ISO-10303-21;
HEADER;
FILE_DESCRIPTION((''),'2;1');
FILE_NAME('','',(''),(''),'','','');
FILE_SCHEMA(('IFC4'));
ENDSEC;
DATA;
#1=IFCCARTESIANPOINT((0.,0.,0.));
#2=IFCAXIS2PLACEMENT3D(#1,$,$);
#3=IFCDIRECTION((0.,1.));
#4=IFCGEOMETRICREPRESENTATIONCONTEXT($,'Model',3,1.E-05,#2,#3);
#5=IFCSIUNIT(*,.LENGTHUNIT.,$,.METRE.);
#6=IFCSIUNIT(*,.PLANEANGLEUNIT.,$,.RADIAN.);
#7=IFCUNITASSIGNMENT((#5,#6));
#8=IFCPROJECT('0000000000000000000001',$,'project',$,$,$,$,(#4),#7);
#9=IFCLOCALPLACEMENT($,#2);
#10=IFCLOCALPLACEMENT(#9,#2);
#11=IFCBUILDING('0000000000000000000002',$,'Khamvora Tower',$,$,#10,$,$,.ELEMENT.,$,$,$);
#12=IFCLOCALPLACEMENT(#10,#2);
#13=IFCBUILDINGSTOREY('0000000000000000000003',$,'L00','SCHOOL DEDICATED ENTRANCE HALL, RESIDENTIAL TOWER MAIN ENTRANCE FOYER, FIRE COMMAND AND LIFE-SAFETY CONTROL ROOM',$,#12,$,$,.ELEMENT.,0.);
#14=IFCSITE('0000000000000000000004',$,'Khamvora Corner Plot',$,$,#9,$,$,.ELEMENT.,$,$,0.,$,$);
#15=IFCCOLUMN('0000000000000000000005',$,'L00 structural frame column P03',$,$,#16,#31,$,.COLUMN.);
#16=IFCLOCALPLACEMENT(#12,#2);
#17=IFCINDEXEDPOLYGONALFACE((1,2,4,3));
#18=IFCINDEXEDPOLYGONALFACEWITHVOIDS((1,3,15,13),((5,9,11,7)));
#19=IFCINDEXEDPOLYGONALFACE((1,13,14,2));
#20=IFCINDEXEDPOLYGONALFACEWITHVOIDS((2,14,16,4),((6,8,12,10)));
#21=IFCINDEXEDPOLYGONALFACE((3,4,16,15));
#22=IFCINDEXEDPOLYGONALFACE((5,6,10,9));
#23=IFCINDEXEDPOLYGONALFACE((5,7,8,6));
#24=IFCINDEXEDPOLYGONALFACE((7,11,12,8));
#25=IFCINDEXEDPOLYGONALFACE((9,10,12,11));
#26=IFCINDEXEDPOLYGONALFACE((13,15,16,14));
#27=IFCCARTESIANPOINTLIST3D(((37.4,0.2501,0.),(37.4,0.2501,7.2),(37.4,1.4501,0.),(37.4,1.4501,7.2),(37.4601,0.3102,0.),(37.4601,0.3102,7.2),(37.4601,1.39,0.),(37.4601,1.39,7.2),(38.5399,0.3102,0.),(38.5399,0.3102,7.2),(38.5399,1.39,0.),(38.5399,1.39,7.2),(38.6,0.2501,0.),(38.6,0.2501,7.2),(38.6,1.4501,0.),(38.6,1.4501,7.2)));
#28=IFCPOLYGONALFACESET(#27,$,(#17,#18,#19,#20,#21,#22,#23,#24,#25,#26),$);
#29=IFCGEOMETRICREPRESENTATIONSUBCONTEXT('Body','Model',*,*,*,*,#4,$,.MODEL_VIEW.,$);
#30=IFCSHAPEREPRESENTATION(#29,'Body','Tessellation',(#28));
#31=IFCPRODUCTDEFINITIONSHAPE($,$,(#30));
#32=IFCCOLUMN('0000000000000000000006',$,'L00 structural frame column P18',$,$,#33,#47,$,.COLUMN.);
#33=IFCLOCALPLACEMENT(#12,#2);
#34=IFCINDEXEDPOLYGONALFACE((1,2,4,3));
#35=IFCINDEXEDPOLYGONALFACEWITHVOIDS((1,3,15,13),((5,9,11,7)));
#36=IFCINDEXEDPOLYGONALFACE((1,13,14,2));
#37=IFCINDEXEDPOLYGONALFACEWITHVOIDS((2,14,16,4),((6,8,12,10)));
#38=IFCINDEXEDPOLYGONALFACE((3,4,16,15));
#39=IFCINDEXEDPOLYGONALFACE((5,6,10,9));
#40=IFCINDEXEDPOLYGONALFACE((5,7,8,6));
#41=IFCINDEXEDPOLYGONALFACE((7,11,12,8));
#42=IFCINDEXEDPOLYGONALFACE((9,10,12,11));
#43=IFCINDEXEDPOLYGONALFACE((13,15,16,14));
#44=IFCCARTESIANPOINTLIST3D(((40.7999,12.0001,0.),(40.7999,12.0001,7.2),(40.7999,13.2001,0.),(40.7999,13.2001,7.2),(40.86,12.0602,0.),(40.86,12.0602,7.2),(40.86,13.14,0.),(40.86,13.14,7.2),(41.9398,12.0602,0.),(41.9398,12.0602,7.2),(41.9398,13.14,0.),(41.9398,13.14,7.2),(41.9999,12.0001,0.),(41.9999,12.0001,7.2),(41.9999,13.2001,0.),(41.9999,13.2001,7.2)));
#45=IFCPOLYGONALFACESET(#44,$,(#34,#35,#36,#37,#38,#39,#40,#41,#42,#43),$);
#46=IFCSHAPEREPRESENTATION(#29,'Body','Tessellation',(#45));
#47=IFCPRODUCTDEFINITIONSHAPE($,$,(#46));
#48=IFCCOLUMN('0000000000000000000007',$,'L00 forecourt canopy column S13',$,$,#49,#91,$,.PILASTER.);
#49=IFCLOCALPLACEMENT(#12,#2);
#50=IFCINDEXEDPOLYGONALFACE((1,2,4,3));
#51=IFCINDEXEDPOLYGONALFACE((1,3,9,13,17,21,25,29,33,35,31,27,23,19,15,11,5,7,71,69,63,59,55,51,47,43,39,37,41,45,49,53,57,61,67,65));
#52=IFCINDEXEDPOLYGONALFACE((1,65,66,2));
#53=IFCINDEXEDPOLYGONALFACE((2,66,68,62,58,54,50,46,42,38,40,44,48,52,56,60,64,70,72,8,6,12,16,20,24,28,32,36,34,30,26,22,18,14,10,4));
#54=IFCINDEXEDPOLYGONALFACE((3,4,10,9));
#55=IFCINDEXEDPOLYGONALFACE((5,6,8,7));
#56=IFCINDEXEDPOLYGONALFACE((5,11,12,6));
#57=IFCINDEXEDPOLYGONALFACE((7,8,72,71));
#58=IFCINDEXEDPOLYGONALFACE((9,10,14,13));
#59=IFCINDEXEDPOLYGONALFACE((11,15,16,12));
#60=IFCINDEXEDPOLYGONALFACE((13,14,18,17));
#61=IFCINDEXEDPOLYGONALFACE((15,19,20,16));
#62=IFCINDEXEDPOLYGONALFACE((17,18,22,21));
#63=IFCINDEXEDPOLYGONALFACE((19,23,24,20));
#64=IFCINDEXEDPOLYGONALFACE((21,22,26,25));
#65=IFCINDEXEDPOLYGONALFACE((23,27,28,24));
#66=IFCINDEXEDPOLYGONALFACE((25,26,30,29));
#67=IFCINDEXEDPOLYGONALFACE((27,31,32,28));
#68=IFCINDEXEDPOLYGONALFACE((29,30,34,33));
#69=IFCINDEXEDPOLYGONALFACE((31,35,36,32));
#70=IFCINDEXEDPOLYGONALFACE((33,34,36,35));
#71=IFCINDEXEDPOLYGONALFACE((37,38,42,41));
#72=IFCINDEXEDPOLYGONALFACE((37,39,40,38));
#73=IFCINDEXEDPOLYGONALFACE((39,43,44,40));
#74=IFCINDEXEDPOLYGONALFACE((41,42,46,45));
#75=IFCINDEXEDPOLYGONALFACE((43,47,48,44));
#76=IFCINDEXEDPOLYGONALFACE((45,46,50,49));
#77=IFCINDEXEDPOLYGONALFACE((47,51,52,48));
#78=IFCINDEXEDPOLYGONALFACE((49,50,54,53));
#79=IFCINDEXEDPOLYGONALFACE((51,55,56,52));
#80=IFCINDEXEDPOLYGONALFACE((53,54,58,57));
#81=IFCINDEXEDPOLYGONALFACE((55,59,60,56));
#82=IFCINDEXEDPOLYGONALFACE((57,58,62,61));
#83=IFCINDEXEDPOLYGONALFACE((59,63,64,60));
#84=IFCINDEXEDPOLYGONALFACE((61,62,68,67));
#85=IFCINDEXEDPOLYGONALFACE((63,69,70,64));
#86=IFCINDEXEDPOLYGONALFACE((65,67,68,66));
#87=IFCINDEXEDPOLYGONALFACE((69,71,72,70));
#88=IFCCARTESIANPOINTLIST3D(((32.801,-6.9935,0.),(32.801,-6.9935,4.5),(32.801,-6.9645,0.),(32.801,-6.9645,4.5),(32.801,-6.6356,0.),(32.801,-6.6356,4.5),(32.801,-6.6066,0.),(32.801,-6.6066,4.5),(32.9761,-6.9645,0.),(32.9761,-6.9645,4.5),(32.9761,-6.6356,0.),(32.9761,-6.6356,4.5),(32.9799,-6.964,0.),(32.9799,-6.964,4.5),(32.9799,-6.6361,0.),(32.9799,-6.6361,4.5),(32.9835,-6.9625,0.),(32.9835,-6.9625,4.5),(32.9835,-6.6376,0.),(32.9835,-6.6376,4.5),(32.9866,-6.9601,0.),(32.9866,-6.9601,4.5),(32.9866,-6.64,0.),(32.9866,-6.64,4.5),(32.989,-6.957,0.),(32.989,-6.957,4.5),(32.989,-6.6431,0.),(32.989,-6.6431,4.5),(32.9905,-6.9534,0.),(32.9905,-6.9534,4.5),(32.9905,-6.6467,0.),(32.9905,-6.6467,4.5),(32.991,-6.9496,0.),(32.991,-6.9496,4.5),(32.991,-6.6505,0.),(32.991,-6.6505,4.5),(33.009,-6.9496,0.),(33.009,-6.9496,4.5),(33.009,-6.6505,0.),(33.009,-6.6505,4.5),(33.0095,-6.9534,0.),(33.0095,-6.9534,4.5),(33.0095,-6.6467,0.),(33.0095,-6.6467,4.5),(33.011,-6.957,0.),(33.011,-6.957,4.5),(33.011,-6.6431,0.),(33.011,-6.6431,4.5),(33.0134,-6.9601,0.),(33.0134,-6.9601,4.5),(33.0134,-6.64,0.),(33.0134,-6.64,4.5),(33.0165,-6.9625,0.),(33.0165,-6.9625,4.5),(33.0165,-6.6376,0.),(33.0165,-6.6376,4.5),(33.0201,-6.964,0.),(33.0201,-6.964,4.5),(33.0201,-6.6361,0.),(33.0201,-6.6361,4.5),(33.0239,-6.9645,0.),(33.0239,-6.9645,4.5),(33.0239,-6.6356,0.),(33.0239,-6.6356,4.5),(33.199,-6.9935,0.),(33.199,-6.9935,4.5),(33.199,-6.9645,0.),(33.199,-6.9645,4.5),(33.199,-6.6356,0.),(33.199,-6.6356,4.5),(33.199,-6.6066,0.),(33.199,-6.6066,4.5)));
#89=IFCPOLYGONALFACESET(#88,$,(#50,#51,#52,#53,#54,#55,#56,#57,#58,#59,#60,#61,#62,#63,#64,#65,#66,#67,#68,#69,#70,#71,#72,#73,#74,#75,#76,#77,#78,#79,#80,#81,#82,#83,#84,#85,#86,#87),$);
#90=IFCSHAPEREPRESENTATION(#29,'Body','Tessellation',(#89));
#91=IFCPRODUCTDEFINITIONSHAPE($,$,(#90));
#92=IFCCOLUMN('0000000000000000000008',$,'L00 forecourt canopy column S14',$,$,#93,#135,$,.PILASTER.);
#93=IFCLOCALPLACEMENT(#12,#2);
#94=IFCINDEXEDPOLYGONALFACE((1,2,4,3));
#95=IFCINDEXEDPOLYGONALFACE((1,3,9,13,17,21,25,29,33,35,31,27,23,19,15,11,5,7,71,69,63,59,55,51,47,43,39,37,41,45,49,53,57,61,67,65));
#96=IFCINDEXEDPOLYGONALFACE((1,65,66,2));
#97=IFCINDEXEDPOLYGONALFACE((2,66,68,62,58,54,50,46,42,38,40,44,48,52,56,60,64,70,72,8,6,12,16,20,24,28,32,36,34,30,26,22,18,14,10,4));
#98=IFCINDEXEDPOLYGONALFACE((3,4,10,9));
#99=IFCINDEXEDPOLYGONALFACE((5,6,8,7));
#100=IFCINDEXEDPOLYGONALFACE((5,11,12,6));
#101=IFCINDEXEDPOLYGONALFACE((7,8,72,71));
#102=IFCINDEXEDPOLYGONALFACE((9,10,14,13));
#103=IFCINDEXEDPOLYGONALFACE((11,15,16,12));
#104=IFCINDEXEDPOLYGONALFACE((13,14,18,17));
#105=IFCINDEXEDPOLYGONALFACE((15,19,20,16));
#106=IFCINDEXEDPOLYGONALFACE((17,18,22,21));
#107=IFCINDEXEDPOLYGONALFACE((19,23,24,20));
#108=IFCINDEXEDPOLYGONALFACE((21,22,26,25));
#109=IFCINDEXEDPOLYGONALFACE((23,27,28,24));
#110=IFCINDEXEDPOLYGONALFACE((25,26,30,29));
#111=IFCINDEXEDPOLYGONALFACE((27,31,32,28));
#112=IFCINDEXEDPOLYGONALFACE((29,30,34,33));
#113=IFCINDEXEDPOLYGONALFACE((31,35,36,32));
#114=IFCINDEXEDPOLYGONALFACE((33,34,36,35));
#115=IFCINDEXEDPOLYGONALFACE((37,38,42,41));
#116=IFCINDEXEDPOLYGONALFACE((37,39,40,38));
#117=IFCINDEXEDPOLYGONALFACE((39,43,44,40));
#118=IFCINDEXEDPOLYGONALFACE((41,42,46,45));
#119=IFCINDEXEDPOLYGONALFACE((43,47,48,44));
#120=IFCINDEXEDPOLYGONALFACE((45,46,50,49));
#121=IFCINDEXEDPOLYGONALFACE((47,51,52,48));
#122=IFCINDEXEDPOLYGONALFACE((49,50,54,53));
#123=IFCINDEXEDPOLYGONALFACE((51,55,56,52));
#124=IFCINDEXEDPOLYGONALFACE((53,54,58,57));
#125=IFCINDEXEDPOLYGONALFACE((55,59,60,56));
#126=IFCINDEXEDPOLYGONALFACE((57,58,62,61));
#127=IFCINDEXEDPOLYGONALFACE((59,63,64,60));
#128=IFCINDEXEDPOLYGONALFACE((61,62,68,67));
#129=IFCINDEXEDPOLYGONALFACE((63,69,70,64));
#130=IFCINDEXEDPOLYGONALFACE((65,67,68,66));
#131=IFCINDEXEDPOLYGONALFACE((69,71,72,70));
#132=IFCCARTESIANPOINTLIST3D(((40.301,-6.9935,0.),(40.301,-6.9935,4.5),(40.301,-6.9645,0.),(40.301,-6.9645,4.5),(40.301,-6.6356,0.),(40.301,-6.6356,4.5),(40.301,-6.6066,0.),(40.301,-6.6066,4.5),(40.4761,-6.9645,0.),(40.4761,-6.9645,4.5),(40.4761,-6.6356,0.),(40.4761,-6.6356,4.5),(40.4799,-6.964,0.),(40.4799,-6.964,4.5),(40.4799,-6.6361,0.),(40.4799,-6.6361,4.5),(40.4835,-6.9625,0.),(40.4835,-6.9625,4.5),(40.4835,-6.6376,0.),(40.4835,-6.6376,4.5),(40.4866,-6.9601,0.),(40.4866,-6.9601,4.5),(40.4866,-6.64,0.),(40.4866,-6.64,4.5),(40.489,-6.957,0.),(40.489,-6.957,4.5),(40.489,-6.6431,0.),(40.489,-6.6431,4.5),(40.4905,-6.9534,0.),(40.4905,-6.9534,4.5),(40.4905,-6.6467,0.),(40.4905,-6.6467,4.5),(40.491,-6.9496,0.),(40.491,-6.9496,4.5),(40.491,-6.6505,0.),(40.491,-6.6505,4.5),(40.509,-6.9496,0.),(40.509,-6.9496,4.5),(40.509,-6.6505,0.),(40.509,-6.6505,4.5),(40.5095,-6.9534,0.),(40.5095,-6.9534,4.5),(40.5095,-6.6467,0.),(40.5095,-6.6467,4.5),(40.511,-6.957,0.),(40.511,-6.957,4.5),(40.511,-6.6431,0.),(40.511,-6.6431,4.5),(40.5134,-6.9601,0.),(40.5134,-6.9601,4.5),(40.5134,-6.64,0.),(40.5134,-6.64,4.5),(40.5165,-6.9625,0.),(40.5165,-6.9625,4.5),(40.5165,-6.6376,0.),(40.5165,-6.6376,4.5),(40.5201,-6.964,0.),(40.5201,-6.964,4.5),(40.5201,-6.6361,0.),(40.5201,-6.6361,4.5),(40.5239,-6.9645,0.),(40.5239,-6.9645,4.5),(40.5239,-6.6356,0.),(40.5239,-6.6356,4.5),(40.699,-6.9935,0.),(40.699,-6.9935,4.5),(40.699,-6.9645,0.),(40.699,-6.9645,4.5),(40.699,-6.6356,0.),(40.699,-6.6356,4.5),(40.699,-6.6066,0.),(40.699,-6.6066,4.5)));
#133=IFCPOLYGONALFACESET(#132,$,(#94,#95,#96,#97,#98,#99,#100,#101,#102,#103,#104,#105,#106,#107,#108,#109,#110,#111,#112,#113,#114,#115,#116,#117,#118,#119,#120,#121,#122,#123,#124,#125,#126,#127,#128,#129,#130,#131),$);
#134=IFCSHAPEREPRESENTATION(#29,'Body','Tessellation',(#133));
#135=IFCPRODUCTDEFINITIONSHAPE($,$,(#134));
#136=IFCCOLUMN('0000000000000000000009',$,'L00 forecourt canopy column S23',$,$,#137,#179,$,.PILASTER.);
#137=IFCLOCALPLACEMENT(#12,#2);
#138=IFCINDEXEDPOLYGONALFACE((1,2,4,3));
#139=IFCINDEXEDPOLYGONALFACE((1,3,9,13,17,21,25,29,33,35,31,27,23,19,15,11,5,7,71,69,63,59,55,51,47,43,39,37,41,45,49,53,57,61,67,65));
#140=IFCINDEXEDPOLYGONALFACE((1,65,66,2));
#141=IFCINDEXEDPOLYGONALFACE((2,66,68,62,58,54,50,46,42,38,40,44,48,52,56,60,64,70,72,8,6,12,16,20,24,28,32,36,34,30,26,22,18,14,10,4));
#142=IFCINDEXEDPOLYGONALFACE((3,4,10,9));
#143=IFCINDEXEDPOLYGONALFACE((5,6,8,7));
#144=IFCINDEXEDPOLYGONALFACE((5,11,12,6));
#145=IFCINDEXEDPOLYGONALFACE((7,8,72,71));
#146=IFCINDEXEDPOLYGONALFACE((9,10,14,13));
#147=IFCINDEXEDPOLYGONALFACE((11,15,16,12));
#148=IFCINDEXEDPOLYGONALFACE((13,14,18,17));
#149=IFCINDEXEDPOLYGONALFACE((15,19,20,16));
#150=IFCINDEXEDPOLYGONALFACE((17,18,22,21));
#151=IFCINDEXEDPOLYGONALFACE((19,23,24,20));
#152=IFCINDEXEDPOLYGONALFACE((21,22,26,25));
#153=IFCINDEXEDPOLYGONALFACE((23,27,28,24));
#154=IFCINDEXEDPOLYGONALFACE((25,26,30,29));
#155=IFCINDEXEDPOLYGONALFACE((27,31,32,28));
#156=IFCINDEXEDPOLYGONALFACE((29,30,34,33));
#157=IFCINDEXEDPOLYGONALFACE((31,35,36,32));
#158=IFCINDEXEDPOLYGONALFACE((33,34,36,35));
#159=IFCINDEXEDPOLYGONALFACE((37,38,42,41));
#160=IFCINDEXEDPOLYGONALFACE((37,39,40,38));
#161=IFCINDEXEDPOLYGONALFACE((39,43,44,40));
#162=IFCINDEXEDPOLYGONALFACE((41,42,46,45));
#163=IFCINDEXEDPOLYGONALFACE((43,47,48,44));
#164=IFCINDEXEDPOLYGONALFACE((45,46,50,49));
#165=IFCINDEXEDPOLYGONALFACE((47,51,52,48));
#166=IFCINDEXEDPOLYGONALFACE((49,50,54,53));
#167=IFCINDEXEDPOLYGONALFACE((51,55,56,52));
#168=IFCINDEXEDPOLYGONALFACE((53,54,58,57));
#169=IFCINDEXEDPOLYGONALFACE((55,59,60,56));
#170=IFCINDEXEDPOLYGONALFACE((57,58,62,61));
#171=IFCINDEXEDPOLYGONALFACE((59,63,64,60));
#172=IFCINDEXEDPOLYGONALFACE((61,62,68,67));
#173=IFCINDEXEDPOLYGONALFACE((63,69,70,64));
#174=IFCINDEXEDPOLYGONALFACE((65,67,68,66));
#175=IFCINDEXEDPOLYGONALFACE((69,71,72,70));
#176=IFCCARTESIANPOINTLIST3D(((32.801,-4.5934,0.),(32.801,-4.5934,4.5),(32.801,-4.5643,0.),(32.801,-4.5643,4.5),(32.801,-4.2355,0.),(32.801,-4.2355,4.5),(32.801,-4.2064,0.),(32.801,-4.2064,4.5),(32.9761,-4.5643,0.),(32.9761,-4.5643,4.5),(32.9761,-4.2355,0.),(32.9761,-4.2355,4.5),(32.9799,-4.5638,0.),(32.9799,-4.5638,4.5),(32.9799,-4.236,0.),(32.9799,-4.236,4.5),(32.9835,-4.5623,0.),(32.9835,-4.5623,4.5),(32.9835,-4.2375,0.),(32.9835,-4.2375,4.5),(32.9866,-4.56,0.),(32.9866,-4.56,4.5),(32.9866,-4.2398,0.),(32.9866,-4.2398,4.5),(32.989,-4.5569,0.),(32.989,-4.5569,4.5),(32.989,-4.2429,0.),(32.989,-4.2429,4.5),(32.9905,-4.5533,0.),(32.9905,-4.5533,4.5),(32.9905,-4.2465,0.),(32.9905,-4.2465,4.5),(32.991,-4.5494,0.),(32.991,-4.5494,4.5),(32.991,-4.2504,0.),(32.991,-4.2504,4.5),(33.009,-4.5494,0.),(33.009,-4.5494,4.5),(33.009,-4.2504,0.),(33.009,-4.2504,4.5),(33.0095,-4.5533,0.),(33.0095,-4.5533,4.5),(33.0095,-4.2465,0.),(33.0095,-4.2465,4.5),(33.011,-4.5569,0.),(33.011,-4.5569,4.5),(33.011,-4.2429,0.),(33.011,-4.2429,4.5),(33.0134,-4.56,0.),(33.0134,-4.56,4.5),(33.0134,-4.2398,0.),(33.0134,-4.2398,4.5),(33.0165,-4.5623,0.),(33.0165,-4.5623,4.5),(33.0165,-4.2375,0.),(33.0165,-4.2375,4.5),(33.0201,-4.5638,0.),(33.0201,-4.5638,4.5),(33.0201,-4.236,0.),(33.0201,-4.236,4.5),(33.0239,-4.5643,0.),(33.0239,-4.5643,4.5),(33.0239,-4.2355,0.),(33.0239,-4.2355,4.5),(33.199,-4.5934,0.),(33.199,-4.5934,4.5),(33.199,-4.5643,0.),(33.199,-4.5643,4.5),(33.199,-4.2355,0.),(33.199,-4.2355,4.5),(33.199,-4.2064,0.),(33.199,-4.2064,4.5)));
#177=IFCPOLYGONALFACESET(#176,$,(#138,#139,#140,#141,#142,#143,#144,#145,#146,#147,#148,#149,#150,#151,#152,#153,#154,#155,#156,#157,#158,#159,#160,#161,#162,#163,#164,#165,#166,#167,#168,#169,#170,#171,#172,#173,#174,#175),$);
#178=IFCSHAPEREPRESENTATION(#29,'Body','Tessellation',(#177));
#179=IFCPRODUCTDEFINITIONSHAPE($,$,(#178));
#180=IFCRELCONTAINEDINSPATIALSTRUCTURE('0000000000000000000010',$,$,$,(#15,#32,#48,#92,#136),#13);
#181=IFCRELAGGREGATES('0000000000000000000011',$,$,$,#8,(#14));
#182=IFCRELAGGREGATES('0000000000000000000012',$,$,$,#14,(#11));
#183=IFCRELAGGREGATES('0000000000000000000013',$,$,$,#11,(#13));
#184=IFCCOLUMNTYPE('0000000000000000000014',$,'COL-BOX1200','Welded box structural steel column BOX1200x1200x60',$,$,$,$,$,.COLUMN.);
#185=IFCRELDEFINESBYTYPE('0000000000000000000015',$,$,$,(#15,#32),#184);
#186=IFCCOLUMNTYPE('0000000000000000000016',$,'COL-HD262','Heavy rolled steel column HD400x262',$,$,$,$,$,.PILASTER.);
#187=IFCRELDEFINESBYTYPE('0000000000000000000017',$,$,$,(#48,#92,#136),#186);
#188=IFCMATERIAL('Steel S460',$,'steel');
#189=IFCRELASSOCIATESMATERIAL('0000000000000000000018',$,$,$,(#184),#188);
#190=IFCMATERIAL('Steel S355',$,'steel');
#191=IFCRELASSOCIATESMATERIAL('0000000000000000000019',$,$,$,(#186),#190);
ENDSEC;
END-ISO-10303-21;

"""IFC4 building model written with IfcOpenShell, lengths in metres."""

from ifc_helpers import new_model, si_unit, direction, frame, origin, origin_2d, place, context, subcontext, project, spatial, hollow_rectangle, i_section, extrude, material, material_profile, profile_set, type_object, element, save


model = new_model("IFC4")

# Units and contexts
model_context = context("Model", 3, precision=1e-05, world=origin(), true_north=direction((0.0, 1.0)))
body_context = subcontext(model_context, "Body", "Model", "MODEL_VIEW")
ifc_project = project(units=[si_unit("LENGTHUNIT", "METRE"), si_unit("PLANEANGLEUNIT", "RADIAN")], contexts=[model_context])

# Site, building, storey
site_placement = place(None, origin())
site = spatial("IfcSite", under=ifc_project, at=site_placement, Name="Khamvora Corner Plot", CompositionType="ELEMENT", RefElevation=0.0)
building_placement = place(site_placement, origin())
building = spatial("IfcBuilding", under=site, at=building_placement, Name="Khamvora Tower", CompositionType="ELEMENT")
storey_placement = place(building_placement, origin())
storey = spatial("IfcBuildingStorey", under=building, at=storey_placement, Name="L00", Description="SCHOOL DEDICATED ENTRANCE HALL, RESIDENTIAL TOWER MAIN ENTRANCE FOYER, FIRE COMMAND AND LIFE-SAFETY CONTROL ROOM", CompositionType="ELEMENT", Elevation=0.0)

# Columns
ifc_material_1 = material(Name="Steel S460", Category="steel")
ifc_material_profile_1 = material_profile(ifc_material_1, hollow_rectangle(XDim=1.2, YDim=1.2, WallThickness=0.0601, at=origin_2d()), Name="BOX1200x1200x60")
ifc_profile_set_1 = profile_set([ifc_material_profile_1], Name="Steel S460")
column_type_1 = type_object("IfcColumnType", Name="COL-BOX1200", Description="Welded box structural steel column BOX1200x1200x60", PredefinedType="COLUMN", material=ifc_profile_set_1)
for number, where, z_axis, x_axis, name in (
    (1, (38.0, 0.8501, 0.0), (0.0, 0.0, 1.0), (1.0, 0.0, 0.0), "L00 structural frame column P03"),
    (2, (41.3999, 12.6001, 0.0), (0.0, 0.0, 1.0), (1.0, 0.0, 0.0), "L00 structural frame column P18"),
):
    element("IfcColumn", number, at=place(storey_placement, frame(where, z_axis=z_axis, x_axis=x_axis)), inside=storey, type_object=column_type_1, Name=name, PredefinedType="COLUMN", context=body_context, shape_type="SweptSolid", body=[
        extrude(hollow_rectangle(XDim=1.2, YDim=1.2, WallThickness=0.0601, at=origin_2d()), origin(), (0.0, 0.0, 1.0), 7.2),
    ])
ifc_material_2 = material(Name="Steel S355", Category="steel")
ifc_material_profile_2 = material_profile(ifc_material_2, i_section(OverallWidth=0.3979, OverallDepth=0.387, WebThickness=0.0181, FlangeThickness=0.0291, FilletRadius=0.0149, at=origin_2d()), Name="HD400x262")
ifc_profile_set_2 = profile_set([ifc_material_profile_2], Name="Steel S355")
column_type_2 = type_object("IfcColumnType", Name="COL-HD262", Description="Heavy rolled steel column HD400x262", PredefinedType="PILASTER", material=ifc_profile_set_2)
for number, where, z_axis, x_axis, name in (
    (3, (33.0, -6.8, 0.0), (0.0, 0.0, 1.0), (1.0, 0.0, 0.0), "L00 forecourt canopy column S13"),
    (4, (40.5, -6.8, 0.0), (0.0, 0.0, 1.0), (1.0, 0.0, 0.0), "L00 forecourt canopy column S14"),
    (5, (33.0, -4.3999, 0.0), (0.0, 0.0, 1.0), (1.0, 0.0, 0.0), "L00 forecourt canopy column S23"),
):
    element("IfcColumn", number, at=place(storey_placement, frame(where, z_axis=z_axis, x_axis=x_axis)), inside=storey, type_object=column_type_2, Name=name, PredefinedType="PILASTER", context=body_context, shape_type="SweptSolid", body=[
        extrude(i_section(OverallWidth=0.3979, OverallDepth=0.387, WebThickness=0.0181, FlangeThickness=0.0291, FilletRadius=0.0149, at=origin_2d()), origin(), (0.0, 0.0, 1.0), 4.5),
    ])

save(model, "model.ifc")
